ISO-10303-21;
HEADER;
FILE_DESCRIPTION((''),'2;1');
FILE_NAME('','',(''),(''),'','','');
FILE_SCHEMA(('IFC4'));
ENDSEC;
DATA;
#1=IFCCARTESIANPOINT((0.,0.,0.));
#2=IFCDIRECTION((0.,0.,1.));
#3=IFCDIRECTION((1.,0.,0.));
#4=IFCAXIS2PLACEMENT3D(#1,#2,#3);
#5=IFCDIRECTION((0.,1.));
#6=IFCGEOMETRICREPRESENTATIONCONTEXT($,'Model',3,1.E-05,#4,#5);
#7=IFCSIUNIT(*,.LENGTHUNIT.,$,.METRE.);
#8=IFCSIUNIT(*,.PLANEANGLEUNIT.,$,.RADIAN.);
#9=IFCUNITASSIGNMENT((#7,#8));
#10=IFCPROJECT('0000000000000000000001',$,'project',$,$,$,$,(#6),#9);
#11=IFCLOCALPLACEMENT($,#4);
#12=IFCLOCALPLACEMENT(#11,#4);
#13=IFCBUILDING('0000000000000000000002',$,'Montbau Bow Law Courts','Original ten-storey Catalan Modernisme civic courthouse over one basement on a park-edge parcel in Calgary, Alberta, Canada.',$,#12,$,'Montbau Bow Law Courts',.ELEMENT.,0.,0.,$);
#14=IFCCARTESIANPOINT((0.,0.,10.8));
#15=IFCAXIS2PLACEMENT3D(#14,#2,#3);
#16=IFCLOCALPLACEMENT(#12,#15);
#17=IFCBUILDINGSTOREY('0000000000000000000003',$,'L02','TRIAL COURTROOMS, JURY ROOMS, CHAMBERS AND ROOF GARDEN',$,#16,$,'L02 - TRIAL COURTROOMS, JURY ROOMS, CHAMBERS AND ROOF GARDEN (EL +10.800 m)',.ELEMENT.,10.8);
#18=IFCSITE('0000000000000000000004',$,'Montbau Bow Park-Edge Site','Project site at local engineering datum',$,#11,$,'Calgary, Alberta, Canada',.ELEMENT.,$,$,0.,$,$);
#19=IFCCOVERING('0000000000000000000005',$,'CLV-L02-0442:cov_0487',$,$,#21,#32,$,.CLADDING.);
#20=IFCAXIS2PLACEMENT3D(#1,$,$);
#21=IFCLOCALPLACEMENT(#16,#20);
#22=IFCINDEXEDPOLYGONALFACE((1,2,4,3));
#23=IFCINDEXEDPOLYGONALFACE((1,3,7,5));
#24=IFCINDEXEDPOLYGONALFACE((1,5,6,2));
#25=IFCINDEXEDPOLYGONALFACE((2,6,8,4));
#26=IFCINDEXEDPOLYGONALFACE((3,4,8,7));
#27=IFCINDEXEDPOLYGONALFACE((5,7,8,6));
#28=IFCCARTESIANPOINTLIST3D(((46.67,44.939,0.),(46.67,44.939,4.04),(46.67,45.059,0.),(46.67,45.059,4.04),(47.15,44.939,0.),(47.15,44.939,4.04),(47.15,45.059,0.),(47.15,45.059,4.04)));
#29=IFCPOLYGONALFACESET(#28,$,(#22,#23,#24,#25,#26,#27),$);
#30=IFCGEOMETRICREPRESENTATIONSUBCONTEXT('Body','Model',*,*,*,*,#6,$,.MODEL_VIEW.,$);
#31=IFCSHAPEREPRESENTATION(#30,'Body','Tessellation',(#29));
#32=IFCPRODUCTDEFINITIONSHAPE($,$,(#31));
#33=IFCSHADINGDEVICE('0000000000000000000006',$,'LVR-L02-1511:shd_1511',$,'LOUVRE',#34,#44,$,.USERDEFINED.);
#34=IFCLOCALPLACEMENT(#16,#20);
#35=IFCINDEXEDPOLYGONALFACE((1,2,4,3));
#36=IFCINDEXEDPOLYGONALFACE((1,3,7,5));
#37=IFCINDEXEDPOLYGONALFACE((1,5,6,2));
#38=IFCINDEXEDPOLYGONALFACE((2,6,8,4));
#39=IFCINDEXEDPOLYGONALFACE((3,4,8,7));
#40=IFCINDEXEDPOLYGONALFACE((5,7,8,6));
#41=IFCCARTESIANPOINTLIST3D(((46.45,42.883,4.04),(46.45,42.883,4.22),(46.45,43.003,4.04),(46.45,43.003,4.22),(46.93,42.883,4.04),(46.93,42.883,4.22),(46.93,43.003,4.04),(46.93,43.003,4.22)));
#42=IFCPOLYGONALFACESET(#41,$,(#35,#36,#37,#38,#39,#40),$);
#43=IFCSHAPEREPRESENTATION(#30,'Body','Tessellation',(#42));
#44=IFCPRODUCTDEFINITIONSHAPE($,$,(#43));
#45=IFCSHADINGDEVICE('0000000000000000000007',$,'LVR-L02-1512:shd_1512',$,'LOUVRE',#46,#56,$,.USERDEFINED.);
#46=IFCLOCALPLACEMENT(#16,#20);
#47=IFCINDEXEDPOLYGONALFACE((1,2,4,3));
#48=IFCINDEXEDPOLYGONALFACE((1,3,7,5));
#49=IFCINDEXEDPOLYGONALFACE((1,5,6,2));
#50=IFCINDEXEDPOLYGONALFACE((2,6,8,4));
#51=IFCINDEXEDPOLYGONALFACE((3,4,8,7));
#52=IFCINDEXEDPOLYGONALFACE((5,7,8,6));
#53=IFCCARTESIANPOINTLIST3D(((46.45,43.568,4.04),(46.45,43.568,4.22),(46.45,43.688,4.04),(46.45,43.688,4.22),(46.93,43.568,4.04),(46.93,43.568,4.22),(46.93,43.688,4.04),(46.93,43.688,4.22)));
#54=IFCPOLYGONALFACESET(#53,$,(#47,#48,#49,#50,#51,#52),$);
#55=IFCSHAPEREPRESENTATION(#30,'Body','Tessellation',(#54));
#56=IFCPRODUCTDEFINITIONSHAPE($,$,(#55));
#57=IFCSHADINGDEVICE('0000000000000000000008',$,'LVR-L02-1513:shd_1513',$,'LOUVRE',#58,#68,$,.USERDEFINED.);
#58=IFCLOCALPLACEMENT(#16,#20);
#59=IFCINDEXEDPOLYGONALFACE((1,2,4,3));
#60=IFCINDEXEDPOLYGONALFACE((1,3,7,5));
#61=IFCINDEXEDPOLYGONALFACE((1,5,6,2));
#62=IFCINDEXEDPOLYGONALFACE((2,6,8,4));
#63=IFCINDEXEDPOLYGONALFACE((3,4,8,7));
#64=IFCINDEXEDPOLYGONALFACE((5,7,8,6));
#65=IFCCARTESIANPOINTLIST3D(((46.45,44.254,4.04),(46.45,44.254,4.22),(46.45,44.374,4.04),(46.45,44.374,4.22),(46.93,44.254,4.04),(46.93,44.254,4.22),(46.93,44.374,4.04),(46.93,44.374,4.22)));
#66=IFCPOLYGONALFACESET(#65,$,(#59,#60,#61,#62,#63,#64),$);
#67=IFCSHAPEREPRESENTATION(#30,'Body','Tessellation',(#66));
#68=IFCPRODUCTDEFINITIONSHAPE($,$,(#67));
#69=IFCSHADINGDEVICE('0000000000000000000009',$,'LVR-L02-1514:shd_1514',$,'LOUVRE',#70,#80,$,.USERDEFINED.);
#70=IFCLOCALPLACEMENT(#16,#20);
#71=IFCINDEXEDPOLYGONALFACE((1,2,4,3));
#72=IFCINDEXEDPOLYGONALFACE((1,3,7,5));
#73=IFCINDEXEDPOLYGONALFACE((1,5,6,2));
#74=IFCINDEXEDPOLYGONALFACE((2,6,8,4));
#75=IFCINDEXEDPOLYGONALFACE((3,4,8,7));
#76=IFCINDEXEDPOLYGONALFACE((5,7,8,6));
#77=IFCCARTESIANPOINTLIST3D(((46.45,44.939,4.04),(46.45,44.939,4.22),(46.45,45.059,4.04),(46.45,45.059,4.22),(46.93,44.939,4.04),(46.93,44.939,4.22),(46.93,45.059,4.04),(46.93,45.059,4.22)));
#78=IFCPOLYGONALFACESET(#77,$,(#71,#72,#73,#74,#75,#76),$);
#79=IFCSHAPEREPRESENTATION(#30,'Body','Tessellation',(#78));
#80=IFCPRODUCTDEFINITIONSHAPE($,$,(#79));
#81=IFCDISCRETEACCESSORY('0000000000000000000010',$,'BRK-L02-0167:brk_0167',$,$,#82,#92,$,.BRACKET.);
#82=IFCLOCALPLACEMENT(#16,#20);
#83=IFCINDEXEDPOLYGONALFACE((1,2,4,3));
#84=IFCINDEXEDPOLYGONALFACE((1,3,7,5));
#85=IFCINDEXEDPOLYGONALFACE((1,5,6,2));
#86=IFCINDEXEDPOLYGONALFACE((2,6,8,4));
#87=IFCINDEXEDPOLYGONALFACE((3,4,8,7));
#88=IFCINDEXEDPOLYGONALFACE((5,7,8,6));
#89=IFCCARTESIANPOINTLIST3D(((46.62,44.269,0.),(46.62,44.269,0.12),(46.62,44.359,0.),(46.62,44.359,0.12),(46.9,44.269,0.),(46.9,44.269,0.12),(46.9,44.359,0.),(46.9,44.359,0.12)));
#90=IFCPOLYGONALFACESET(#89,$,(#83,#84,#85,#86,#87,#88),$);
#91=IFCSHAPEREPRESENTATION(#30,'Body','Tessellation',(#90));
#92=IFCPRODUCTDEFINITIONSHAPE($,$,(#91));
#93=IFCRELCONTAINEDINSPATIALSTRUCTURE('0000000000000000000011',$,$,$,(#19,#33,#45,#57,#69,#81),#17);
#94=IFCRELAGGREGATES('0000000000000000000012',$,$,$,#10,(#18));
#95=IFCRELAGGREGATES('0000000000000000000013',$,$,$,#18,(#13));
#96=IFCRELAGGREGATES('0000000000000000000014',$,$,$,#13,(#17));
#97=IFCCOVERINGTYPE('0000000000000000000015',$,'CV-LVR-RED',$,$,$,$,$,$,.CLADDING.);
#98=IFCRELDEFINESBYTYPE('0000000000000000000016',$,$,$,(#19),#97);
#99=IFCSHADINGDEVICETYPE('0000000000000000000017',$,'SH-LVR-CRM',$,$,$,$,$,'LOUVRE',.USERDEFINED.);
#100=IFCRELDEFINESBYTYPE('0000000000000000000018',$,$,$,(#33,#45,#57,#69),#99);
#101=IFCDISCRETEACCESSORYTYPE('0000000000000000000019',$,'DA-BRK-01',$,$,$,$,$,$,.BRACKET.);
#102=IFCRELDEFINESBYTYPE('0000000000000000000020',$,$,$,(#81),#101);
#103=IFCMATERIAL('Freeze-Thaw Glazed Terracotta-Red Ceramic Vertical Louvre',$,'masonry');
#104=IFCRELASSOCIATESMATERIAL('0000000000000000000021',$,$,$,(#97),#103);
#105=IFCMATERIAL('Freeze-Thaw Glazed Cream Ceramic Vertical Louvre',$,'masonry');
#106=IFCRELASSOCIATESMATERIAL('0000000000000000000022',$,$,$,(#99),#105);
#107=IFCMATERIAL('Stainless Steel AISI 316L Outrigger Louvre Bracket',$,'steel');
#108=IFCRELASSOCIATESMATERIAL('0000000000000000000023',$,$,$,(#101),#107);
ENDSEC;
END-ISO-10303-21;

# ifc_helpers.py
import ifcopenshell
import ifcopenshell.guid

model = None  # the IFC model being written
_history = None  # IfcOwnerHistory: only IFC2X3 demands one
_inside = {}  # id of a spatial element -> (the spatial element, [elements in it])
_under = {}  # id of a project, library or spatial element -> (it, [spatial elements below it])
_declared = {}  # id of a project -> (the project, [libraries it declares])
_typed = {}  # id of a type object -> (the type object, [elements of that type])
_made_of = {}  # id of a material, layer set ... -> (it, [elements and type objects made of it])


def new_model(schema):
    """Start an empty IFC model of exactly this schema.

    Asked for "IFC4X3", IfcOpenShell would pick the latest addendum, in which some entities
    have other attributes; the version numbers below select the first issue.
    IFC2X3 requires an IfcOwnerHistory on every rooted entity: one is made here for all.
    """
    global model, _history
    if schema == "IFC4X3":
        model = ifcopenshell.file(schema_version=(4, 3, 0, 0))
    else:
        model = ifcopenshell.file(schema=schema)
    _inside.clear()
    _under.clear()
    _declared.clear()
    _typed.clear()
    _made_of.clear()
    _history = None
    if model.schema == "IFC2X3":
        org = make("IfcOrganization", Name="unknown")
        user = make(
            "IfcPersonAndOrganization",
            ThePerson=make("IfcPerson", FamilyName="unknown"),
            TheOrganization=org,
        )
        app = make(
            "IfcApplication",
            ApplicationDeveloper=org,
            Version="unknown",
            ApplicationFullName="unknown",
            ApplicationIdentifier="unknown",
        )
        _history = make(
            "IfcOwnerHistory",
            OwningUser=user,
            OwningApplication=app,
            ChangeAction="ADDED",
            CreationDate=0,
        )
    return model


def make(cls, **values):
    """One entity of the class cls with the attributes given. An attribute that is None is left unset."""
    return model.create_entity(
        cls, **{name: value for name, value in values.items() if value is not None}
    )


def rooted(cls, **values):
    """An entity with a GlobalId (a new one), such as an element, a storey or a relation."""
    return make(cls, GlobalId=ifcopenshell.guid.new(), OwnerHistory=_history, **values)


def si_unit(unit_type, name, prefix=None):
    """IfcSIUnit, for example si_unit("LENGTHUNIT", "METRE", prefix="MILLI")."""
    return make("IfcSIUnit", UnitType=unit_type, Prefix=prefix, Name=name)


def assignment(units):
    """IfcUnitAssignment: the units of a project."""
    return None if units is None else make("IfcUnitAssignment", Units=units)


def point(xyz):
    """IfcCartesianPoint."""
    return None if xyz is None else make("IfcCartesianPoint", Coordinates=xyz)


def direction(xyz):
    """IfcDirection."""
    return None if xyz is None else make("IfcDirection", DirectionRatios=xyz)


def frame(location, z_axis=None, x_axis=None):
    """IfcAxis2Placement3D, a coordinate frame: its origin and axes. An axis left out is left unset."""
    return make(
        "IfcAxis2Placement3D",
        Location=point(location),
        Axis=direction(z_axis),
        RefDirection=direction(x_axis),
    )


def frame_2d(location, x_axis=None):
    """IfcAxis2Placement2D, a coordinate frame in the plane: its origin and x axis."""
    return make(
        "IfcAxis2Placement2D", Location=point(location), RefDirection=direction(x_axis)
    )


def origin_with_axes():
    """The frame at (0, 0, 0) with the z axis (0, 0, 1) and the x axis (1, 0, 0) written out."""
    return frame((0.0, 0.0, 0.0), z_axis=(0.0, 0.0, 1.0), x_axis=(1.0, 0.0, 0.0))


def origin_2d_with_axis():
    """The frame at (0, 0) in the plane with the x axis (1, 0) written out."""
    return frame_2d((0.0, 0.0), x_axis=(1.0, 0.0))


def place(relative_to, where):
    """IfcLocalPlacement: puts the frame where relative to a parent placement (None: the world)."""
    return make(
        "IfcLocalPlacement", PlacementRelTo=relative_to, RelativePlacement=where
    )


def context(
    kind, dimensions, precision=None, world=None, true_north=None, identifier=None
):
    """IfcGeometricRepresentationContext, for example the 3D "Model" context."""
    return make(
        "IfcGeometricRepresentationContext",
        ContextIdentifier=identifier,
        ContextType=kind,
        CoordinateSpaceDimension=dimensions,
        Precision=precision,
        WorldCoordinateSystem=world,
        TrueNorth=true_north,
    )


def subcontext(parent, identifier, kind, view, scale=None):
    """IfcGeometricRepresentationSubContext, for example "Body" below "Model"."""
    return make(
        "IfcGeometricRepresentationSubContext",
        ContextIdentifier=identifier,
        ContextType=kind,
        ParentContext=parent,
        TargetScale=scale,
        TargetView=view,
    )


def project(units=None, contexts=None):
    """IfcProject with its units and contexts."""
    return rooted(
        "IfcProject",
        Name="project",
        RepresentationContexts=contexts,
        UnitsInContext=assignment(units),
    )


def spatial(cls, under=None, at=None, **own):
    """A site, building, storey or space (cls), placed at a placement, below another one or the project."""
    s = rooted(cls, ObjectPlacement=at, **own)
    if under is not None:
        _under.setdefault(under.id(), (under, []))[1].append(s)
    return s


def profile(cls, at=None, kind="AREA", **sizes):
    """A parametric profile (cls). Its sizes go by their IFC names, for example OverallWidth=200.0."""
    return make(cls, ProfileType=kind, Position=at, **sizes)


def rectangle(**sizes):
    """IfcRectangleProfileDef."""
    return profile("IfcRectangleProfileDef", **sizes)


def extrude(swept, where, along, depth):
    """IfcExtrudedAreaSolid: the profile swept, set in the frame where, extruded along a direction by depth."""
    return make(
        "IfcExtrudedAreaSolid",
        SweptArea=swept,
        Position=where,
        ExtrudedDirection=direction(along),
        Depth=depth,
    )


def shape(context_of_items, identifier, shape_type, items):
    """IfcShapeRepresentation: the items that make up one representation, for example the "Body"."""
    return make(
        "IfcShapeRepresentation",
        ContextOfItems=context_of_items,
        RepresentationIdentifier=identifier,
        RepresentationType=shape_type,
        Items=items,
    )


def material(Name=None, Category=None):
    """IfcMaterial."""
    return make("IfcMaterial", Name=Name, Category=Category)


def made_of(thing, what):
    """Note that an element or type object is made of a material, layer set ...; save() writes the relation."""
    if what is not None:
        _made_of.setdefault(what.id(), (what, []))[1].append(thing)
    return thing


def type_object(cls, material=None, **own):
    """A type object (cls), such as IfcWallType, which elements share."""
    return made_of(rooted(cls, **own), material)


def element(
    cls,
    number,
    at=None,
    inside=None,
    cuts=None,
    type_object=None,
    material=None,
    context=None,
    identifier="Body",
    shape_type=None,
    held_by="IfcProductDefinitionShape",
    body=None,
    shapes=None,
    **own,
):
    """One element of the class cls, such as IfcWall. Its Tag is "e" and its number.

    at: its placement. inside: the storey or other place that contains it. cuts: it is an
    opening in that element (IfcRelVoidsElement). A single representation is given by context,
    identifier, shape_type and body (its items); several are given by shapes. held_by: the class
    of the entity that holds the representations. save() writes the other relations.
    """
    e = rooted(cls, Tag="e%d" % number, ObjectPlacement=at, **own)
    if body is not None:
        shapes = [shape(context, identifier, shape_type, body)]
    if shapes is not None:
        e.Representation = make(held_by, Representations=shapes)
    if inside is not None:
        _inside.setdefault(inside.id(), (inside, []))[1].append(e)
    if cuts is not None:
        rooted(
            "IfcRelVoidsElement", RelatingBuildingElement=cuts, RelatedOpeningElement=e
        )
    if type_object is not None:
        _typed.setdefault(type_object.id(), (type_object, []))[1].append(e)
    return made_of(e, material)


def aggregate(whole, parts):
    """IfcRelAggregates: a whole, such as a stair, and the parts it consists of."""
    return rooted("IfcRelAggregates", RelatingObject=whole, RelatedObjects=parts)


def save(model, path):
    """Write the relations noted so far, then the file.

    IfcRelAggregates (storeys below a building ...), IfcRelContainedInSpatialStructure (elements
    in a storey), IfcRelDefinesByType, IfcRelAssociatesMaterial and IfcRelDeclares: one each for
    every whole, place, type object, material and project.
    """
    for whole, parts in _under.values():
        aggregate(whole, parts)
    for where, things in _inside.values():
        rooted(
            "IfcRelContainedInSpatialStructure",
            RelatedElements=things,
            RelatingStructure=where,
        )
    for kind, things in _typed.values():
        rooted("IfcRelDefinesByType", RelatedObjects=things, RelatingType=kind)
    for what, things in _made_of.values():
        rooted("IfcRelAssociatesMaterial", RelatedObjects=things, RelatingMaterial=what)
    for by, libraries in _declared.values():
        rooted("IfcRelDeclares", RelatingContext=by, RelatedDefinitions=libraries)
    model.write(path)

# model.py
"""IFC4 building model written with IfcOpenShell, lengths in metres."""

from ifc_helpers import new_model, si_unit, direction, frame, frame_2d, origin_with_axes, origin_2d_with_axis, place, context, subcontext, project, spatial, rectangle, extrude, material, type_object, element, save


model = new_model("IFC4")

# Units and contexts
model_context = context("Model", 3, precision=1e-05, world=origin_with_axes(), true_north=direction((0.0, 1.0)))
body_context = subcontext(model_context, "Body", "Model", "MODEL_VIEW")
ifc_project = project(units=[si_unit("LENGTHUNIT", "METRE"), si_unit("PLANEANGLEUNIT", "RADIAN")], contexts=[model_context])

# Site, building, storey
site_placement = place(None, origin_with_axes())
site = spatial("IfcSite", under=ifc_project, at=site_placement, Name="Montbau Bow Park-Edge Site", Description="Project site at local engineering datum", LongName="Calgary, Alberta, Canada", CompositionType="ELEMENT", RefElevation=0.0)
building_placement = place(site_placement, origin_with_axes())
building = spatial("IfcBuilding", under=site, at=building_placement, Name="Montbau Bow Law Courts", Description="Original ten-storey Catalan Modernisme civic courthouse over one basement on a park-edge parcel in Calgary, Alberta, Canada.", LongName="Montbau Bow Law Courts", CompositionType="ELEMENT", ElevationOfRefHeight=0.0, ElevationOfTerrain=0.0)
storey_placement = place(building_placement, frame((0.0, 0.0, 10.8), z_axis=(0.0, 0.0, 1.0), x_axis=(1.0, 0.0, 0.0)))
storey = spatial("IfcBuildingStorey", under=building, at=storey_placement, Name="L02", Description="TRIAL COURTROOMS, JURY ROOMS, CHAMBERS AND ROOF GARDEN", LongName="L02 - TRIAL COURTROOMS, JURY ROOMS, CHAMBERS AND ROOF GARDEN (EL +10.800 m)", CompositionType="ELEMENT", Elevation=10.8)

# Covering
ifc_material_1 = material(Name="Freeze-Thaw Glazed Terracotta-Red Ceramic Vertical Louvre", Category="masonry")
covering_type = type_object("IfcCoveringType", Name="CV-LVR-RED", PredefinedType="CLADDING", material=ifc_material_1)
for number, where, z_axis, x_axis, name in (
    (1, (46.67, 44.999, 10.8), (0.0, -1.0, 0.0), (1.0, 0.0, 0.0), "CLV-L02-0442:cov_0487"),
):
    element("IfcCovering", number, at=place(None, frame(where, z_axis=z_axis, x_axis=x_axis)), inside=storey, type_object=covering_type, Name=name, PredefinedType="CLADDING", context=body_context, shape_type="SweptSolid", body=[
        extrude(rectangle(XDim=0.48, YDim=4.04, at=frame_2d((0.24, 2.02), x_axis=(1.0, 0.0))), frame((0.0, 0.0, -0.06), z_axis=(0.0, 0.0, 1.0), x_axis=(1.0, 0.0, 0.0)), (0.0, 0.0, 1.0), 0.12),
    ])

# Shading devices
ifc_material_2 = material(Name="Freeze-Thaw Glazed Cream Ceramic Vertical Louvre", Category="masonry")
shading_device_type = type_object("IfcShadingDeviceType", Name="SH-LVR-CRM", ElementType="LOUVRE", PredefinedType="USERDEFINED", material=ifc_material_2)
for number, where, z_axis, x_axis, name in (
    (2, (46.69, 42.943, 14.84), (0.0, 0.0, 1.0), (-1.0, 0.0, 0.0), "LVR-L02-1511:shd_1511"),
    (3, (46.69, 43.628, 14.84), (0.0, 0.0, 1.0), (-1.0, 0.0, 0.0), "LVR-L02-1512:shd_1512"),
    (4, (46.69, 44.314, 14.84), (0.0, 0.0, 1.0), (-1.0, 0.0, 0.0), "LVR-L02-1513:shd_1513"),
    (5, (46.69, 44.999, 14.84), (0.0, 0.0, 1.0), (-1.0, 0.0, 0.0), "LVR-L02-1514:shd_1514"),
):
    element("IfcShadingDevice", number, at=place(None, frame(where, z_axis=z_axis, x_axis=x_axis)), inside=storey, type_object=shading_device_type, Name=name, ObjectType="LOUVRE", PredefinedType="USERDEFINED", context=body_context, shape_type="SweptSolid", body=[
        extrude(rectangle(XDim=0.48, YDim=0.12, at=origin_2d_with_axis()), origin_with_axes(), (0.0, 0.0, 1.0), 0.18),
    ])

# Discrete accessory
ifc_material_3 = material(Name="Stainless Steel AISI 316L Outrigger Louvre Bracket", Category="steel")
discrete_accessory_type = type_object("IfcDiscreteAccessoryType", Name="DA-BRK-01", PredefinedType="BRACKET", material=ifc_material_3)
discrete_accessory_placement = place(None, frame((46.76, 44.314, 10.8), z_axis=(0.0, 0.0, 1.0), x_axis=(1.0, 0.0, 0.0)))
element("IfcDiscreteAccessory", 6, at=discrete_accessory_placement, inside=storey, type_object=discrete_accessory_type, Name="BRK-L02-0167:brk_0167", PredefinedType="BRACKET", context=body_context, shape_type="SweptSolid", body=[
    extrude(rectangle(XDim=0.28, YDim=0.09, at=origin_2d_with_axis()), origin_with_axes(), (0.0, 0.0, 1.0), 0.12),
])

save(model, "model.ifc")
